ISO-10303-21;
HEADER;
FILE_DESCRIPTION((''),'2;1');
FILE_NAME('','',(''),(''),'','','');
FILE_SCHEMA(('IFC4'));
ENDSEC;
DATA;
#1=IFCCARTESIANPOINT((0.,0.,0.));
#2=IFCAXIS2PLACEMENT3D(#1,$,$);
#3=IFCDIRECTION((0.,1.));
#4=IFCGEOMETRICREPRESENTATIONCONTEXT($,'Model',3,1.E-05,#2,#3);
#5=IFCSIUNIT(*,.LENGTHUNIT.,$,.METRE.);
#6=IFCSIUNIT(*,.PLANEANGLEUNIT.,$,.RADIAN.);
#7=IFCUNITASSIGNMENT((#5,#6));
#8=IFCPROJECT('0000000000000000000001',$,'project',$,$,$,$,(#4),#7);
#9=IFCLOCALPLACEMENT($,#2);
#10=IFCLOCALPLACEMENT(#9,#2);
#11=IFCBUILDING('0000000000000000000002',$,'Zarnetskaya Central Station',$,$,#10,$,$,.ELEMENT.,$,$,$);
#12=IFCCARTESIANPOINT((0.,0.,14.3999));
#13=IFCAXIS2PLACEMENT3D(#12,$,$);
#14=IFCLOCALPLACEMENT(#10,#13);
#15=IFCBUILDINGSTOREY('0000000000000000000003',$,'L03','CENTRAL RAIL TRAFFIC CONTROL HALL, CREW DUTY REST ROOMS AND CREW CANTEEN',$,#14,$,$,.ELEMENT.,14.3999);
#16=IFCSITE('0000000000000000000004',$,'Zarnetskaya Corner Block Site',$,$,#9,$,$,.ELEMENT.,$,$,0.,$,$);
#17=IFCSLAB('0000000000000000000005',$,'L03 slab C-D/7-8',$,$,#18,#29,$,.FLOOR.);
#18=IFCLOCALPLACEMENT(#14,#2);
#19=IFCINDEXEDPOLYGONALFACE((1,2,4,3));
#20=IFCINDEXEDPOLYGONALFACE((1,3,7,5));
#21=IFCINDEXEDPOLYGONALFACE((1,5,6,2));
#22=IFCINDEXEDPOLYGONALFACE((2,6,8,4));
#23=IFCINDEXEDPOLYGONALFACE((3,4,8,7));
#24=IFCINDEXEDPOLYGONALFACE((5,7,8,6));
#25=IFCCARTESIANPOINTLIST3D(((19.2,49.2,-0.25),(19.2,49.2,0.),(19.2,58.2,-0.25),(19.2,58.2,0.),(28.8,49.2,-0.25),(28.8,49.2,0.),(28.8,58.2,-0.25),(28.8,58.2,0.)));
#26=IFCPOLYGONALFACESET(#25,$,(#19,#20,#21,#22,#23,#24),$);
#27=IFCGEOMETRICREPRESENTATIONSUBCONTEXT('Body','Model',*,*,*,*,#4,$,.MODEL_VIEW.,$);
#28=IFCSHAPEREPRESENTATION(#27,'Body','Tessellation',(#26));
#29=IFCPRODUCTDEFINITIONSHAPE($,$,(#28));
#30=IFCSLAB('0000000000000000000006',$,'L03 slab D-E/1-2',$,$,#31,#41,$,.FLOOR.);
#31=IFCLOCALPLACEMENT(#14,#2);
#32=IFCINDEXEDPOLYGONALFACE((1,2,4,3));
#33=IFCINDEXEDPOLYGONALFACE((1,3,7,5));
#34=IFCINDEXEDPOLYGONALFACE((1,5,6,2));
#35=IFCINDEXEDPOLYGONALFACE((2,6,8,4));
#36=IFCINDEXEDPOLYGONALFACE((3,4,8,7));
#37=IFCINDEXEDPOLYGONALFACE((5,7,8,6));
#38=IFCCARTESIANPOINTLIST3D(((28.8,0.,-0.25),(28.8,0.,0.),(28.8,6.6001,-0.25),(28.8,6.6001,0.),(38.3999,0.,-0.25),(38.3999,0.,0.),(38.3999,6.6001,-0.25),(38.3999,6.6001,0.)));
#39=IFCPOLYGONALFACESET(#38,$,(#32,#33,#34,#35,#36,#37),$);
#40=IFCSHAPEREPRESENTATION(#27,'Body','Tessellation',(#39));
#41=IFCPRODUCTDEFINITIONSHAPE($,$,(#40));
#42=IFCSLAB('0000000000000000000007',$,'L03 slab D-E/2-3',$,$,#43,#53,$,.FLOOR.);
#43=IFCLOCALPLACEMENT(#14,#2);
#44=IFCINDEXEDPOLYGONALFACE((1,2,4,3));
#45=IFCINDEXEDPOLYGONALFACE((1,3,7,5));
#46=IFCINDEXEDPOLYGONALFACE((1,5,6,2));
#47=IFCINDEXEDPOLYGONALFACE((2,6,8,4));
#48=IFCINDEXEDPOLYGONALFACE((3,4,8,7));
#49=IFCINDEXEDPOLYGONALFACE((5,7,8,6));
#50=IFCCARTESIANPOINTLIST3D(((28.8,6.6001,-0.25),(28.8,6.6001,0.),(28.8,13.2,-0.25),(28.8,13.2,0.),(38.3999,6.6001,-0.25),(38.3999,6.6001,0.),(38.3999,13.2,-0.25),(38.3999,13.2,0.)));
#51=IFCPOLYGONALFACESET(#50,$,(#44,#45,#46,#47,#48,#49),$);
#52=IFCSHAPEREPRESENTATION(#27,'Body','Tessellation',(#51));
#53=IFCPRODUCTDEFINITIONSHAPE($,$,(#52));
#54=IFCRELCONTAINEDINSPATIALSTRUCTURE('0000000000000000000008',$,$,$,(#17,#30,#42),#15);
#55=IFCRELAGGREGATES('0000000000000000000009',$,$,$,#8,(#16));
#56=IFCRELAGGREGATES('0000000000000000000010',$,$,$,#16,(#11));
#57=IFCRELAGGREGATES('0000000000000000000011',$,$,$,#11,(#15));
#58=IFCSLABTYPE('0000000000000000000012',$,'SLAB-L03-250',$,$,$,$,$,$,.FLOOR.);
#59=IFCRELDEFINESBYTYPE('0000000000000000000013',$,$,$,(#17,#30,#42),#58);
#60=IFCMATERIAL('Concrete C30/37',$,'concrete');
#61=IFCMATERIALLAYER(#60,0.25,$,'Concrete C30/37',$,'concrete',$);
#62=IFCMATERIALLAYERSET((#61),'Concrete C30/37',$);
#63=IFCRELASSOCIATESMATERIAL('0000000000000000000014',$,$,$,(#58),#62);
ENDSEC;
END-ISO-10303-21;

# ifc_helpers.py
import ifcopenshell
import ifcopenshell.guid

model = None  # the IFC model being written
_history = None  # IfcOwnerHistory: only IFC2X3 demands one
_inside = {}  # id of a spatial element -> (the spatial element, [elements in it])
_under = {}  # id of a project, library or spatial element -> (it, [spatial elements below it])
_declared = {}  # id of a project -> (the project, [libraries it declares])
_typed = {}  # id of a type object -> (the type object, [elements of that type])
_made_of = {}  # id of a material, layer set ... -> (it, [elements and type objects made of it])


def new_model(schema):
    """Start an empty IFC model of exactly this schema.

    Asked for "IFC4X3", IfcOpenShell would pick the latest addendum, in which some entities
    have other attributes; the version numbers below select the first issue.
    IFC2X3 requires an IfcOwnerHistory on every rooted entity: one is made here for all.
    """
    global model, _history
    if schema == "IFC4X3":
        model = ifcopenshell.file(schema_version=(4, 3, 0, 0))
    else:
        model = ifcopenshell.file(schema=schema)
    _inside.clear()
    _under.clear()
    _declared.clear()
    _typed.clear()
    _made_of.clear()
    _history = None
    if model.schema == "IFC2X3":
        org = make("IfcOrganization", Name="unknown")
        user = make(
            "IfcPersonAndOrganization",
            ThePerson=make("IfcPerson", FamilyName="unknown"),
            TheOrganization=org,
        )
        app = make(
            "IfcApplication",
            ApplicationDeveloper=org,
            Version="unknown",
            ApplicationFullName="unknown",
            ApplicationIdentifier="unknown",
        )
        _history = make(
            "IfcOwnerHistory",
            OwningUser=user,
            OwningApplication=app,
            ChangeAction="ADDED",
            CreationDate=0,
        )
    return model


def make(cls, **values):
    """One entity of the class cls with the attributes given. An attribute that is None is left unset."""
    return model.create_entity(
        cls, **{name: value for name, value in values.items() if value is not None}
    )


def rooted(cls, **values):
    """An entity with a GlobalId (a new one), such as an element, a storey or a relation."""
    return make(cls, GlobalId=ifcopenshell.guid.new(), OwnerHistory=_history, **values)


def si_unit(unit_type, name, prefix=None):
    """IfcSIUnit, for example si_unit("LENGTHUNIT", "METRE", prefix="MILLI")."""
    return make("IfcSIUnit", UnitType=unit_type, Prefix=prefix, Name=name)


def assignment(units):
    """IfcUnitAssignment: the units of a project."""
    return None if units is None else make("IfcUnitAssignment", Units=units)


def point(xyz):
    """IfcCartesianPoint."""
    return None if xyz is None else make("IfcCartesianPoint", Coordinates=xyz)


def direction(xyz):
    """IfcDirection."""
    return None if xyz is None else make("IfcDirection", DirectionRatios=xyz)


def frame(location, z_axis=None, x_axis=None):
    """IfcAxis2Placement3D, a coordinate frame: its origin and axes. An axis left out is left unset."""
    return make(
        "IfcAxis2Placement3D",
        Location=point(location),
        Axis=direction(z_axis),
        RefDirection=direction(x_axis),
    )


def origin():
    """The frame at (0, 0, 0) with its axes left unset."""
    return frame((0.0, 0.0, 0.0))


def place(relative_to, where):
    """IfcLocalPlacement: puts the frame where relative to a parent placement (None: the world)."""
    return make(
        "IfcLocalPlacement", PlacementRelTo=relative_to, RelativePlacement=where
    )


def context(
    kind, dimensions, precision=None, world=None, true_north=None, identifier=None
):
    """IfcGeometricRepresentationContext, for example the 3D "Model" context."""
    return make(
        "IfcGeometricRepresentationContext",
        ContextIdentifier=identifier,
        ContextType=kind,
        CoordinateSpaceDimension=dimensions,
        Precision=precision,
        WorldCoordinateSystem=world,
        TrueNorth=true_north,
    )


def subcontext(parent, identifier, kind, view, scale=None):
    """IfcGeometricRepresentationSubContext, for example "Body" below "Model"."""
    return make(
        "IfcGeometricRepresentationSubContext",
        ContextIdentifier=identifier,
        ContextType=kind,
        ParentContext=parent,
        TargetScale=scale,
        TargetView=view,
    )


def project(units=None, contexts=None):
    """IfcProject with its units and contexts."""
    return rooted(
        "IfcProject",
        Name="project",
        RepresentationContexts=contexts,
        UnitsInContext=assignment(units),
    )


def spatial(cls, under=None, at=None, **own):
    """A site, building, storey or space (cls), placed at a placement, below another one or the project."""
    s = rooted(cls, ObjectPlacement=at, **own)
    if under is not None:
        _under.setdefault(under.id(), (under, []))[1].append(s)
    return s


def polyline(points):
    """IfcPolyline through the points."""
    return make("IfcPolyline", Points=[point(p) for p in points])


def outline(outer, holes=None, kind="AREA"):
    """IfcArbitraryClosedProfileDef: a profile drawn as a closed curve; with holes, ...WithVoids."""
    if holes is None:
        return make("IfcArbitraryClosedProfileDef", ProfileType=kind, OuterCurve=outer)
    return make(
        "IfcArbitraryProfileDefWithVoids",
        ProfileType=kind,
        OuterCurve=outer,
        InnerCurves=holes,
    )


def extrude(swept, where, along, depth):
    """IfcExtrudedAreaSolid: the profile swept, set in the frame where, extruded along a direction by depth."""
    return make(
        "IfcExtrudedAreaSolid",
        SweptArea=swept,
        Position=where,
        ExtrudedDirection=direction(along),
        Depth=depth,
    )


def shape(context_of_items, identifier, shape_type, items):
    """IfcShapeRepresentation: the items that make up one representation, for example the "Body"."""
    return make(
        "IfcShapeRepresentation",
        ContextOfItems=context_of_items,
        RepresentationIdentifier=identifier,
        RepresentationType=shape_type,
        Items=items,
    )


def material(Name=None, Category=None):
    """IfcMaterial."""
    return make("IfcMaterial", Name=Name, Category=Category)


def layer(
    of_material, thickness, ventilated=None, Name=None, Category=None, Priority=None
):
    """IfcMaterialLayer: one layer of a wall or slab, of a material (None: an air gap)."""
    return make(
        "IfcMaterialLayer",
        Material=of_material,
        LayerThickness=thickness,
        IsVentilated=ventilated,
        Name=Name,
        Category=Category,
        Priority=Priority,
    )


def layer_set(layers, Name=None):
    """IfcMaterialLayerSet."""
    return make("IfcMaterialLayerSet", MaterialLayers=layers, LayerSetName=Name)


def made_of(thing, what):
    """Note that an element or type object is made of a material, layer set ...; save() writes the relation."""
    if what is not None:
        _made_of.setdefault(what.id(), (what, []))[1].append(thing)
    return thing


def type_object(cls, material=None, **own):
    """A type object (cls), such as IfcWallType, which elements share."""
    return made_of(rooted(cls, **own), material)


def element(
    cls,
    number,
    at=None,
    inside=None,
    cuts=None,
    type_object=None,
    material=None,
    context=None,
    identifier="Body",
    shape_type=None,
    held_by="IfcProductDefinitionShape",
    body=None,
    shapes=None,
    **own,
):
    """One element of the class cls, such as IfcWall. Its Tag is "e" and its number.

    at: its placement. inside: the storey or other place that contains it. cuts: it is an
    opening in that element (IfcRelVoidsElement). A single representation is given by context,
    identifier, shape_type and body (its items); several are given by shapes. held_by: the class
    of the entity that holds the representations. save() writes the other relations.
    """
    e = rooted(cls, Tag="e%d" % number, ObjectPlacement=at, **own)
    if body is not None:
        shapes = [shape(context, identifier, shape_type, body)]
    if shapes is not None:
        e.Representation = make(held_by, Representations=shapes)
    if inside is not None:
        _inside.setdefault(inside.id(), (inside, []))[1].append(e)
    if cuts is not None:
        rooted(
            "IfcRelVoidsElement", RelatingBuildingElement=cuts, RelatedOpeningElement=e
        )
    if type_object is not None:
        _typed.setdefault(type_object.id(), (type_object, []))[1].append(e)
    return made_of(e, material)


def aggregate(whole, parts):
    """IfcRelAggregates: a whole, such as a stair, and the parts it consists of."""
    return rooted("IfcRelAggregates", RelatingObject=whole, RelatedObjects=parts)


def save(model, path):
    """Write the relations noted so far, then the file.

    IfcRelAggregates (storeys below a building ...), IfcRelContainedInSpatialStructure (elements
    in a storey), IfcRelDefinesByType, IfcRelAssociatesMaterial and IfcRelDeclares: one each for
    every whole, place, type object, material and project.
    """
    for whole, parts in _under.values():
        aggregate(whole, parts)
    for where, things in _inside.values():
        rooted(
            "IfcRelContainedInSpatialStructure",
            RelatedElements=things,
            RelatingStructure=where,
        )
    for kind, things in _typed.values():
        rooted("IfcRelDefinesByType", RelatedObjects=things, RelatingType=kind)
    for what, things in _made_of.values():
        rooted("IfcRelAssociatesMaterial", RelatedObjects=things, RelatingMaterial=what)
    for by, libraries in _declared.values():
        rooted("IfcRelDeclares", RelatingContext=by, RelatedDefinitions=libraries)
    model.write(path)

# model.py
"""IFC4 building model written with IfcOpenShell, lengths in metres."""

from ifc_helpers import new_model, si_unit, direction, frame, origin, place, context, subcontext, project, spatial, polyline, outline, extrude, material, layer, layer_set, type_object, element, save


model = new_model("IFC4")

# Units and contexts
model_context = context("Model", 3, precision=1e-05, world=origin(), true_north=direction((0.0, 1.0)))
body_context = subcontext(model_context, "Body", "Model", "MODEL_VIEW")
ifc_project = project(units=[si_unit("LENGTHUNIT", "METRE"), si_unit("PLANEANGLEUNIT", "RADIAN")], contexts=[model_context])

# Site, building, storey
site_placement = place(None, origin())
site = spatial("IfcSite", under=ifc_project, at=site_placement, Name="Zarnetskaya Corner Block Site", CompositionType="ELEMENT", RefElevation=0.0)
building_placement = place(site_placement, origin())
building = spatial("IfcBuilding", under=site, at=building_placement, Name="Zarnetskaya Central Station", CompositionType="ELEMENT")
storey_placement = place(building_placement, frame((0.0, 0.0, 14.3999)))
storey = spatial("IfcBuildingStorey", under=building, at=storey_placement, Name="L03", Description="CENTRAL RAIL TRAFFIC CONTROL HALL, CREW DUTY REST ROOMS AND CREW CANTEEN", CompositionType="ELEMENT", Elevation=14.3999)

# Slabs
ifc_material_1 = material(Name="Concrete C30/37", Category="concrete")
ifc_layer = layer(ifc_material_1, 0.25, Name="Concrete C30/37", Category="concrete")
ifc_layer_set = layer_set([ifc_layer], Name="Concrete C30/37")
slab_type = type_object("IfcSlabType", Name="SLAB-L03-250", PredefinedType="FLOOR", material=ifc_layer_set)
slab_1_placement = place(storey_placement, frame((0.0, 0.0, -0.25)))
element("IfcSlab", 1, at=slab_1_placement, inside=storey, type_object=slab_type, Name="L03 slab C-D/7-8", PredefinedType="FLOOR", context=body_context, shape_type="SweptSolid", body=[
    extrude(outline(polyline([(19.2, 49.2), (28.8, 49.2), (28.8, 58.2), (19.2, 58.2), (19.2, 49.2)])), origin(), (0.0, 0.0, 1.0), 0.25),
])
slab_2_placement = place(storey_placement, frame((0.0, 0.0, -0.25)))
element("IfcSlab", 2, at=slab_2_placement, inside=storey, type_object=slab_type, Name="L03 slab D-E/1-2", PredefinedType="FLOOR", context=body_context, shape_type="SweptSolid", body=[
    extrude(outline(polyline([(28.8, 0.0), (38.3999, 0.0), (38.3999, 6.6001), (28.8, 6.6001), (28.8, 0.0)])), origin(), (0.0, 0.0, 1.0), 0.25),
])
slab_3_placement = place(storey_placement, frame((0.0, 0.0, -0.25)))
element("IfcSlab", 3, at=slab_3_placement, inside=storey, type_object=slab_type, Name="L03 slab D-E/2-3", PredefinedType="FLOOR", context=body_context, shape_type="SweptSolid", body=[
    extrude(outline(polyline([(28.8, 6.6001), (38.3999, 6.6001), (38.3999, 13.2), (28.8, 13.2), (28.8, 6.6001)])), origin(), (0.0, 0.0, 1.0), 0.25),
])

save(model, "model.ifc")
